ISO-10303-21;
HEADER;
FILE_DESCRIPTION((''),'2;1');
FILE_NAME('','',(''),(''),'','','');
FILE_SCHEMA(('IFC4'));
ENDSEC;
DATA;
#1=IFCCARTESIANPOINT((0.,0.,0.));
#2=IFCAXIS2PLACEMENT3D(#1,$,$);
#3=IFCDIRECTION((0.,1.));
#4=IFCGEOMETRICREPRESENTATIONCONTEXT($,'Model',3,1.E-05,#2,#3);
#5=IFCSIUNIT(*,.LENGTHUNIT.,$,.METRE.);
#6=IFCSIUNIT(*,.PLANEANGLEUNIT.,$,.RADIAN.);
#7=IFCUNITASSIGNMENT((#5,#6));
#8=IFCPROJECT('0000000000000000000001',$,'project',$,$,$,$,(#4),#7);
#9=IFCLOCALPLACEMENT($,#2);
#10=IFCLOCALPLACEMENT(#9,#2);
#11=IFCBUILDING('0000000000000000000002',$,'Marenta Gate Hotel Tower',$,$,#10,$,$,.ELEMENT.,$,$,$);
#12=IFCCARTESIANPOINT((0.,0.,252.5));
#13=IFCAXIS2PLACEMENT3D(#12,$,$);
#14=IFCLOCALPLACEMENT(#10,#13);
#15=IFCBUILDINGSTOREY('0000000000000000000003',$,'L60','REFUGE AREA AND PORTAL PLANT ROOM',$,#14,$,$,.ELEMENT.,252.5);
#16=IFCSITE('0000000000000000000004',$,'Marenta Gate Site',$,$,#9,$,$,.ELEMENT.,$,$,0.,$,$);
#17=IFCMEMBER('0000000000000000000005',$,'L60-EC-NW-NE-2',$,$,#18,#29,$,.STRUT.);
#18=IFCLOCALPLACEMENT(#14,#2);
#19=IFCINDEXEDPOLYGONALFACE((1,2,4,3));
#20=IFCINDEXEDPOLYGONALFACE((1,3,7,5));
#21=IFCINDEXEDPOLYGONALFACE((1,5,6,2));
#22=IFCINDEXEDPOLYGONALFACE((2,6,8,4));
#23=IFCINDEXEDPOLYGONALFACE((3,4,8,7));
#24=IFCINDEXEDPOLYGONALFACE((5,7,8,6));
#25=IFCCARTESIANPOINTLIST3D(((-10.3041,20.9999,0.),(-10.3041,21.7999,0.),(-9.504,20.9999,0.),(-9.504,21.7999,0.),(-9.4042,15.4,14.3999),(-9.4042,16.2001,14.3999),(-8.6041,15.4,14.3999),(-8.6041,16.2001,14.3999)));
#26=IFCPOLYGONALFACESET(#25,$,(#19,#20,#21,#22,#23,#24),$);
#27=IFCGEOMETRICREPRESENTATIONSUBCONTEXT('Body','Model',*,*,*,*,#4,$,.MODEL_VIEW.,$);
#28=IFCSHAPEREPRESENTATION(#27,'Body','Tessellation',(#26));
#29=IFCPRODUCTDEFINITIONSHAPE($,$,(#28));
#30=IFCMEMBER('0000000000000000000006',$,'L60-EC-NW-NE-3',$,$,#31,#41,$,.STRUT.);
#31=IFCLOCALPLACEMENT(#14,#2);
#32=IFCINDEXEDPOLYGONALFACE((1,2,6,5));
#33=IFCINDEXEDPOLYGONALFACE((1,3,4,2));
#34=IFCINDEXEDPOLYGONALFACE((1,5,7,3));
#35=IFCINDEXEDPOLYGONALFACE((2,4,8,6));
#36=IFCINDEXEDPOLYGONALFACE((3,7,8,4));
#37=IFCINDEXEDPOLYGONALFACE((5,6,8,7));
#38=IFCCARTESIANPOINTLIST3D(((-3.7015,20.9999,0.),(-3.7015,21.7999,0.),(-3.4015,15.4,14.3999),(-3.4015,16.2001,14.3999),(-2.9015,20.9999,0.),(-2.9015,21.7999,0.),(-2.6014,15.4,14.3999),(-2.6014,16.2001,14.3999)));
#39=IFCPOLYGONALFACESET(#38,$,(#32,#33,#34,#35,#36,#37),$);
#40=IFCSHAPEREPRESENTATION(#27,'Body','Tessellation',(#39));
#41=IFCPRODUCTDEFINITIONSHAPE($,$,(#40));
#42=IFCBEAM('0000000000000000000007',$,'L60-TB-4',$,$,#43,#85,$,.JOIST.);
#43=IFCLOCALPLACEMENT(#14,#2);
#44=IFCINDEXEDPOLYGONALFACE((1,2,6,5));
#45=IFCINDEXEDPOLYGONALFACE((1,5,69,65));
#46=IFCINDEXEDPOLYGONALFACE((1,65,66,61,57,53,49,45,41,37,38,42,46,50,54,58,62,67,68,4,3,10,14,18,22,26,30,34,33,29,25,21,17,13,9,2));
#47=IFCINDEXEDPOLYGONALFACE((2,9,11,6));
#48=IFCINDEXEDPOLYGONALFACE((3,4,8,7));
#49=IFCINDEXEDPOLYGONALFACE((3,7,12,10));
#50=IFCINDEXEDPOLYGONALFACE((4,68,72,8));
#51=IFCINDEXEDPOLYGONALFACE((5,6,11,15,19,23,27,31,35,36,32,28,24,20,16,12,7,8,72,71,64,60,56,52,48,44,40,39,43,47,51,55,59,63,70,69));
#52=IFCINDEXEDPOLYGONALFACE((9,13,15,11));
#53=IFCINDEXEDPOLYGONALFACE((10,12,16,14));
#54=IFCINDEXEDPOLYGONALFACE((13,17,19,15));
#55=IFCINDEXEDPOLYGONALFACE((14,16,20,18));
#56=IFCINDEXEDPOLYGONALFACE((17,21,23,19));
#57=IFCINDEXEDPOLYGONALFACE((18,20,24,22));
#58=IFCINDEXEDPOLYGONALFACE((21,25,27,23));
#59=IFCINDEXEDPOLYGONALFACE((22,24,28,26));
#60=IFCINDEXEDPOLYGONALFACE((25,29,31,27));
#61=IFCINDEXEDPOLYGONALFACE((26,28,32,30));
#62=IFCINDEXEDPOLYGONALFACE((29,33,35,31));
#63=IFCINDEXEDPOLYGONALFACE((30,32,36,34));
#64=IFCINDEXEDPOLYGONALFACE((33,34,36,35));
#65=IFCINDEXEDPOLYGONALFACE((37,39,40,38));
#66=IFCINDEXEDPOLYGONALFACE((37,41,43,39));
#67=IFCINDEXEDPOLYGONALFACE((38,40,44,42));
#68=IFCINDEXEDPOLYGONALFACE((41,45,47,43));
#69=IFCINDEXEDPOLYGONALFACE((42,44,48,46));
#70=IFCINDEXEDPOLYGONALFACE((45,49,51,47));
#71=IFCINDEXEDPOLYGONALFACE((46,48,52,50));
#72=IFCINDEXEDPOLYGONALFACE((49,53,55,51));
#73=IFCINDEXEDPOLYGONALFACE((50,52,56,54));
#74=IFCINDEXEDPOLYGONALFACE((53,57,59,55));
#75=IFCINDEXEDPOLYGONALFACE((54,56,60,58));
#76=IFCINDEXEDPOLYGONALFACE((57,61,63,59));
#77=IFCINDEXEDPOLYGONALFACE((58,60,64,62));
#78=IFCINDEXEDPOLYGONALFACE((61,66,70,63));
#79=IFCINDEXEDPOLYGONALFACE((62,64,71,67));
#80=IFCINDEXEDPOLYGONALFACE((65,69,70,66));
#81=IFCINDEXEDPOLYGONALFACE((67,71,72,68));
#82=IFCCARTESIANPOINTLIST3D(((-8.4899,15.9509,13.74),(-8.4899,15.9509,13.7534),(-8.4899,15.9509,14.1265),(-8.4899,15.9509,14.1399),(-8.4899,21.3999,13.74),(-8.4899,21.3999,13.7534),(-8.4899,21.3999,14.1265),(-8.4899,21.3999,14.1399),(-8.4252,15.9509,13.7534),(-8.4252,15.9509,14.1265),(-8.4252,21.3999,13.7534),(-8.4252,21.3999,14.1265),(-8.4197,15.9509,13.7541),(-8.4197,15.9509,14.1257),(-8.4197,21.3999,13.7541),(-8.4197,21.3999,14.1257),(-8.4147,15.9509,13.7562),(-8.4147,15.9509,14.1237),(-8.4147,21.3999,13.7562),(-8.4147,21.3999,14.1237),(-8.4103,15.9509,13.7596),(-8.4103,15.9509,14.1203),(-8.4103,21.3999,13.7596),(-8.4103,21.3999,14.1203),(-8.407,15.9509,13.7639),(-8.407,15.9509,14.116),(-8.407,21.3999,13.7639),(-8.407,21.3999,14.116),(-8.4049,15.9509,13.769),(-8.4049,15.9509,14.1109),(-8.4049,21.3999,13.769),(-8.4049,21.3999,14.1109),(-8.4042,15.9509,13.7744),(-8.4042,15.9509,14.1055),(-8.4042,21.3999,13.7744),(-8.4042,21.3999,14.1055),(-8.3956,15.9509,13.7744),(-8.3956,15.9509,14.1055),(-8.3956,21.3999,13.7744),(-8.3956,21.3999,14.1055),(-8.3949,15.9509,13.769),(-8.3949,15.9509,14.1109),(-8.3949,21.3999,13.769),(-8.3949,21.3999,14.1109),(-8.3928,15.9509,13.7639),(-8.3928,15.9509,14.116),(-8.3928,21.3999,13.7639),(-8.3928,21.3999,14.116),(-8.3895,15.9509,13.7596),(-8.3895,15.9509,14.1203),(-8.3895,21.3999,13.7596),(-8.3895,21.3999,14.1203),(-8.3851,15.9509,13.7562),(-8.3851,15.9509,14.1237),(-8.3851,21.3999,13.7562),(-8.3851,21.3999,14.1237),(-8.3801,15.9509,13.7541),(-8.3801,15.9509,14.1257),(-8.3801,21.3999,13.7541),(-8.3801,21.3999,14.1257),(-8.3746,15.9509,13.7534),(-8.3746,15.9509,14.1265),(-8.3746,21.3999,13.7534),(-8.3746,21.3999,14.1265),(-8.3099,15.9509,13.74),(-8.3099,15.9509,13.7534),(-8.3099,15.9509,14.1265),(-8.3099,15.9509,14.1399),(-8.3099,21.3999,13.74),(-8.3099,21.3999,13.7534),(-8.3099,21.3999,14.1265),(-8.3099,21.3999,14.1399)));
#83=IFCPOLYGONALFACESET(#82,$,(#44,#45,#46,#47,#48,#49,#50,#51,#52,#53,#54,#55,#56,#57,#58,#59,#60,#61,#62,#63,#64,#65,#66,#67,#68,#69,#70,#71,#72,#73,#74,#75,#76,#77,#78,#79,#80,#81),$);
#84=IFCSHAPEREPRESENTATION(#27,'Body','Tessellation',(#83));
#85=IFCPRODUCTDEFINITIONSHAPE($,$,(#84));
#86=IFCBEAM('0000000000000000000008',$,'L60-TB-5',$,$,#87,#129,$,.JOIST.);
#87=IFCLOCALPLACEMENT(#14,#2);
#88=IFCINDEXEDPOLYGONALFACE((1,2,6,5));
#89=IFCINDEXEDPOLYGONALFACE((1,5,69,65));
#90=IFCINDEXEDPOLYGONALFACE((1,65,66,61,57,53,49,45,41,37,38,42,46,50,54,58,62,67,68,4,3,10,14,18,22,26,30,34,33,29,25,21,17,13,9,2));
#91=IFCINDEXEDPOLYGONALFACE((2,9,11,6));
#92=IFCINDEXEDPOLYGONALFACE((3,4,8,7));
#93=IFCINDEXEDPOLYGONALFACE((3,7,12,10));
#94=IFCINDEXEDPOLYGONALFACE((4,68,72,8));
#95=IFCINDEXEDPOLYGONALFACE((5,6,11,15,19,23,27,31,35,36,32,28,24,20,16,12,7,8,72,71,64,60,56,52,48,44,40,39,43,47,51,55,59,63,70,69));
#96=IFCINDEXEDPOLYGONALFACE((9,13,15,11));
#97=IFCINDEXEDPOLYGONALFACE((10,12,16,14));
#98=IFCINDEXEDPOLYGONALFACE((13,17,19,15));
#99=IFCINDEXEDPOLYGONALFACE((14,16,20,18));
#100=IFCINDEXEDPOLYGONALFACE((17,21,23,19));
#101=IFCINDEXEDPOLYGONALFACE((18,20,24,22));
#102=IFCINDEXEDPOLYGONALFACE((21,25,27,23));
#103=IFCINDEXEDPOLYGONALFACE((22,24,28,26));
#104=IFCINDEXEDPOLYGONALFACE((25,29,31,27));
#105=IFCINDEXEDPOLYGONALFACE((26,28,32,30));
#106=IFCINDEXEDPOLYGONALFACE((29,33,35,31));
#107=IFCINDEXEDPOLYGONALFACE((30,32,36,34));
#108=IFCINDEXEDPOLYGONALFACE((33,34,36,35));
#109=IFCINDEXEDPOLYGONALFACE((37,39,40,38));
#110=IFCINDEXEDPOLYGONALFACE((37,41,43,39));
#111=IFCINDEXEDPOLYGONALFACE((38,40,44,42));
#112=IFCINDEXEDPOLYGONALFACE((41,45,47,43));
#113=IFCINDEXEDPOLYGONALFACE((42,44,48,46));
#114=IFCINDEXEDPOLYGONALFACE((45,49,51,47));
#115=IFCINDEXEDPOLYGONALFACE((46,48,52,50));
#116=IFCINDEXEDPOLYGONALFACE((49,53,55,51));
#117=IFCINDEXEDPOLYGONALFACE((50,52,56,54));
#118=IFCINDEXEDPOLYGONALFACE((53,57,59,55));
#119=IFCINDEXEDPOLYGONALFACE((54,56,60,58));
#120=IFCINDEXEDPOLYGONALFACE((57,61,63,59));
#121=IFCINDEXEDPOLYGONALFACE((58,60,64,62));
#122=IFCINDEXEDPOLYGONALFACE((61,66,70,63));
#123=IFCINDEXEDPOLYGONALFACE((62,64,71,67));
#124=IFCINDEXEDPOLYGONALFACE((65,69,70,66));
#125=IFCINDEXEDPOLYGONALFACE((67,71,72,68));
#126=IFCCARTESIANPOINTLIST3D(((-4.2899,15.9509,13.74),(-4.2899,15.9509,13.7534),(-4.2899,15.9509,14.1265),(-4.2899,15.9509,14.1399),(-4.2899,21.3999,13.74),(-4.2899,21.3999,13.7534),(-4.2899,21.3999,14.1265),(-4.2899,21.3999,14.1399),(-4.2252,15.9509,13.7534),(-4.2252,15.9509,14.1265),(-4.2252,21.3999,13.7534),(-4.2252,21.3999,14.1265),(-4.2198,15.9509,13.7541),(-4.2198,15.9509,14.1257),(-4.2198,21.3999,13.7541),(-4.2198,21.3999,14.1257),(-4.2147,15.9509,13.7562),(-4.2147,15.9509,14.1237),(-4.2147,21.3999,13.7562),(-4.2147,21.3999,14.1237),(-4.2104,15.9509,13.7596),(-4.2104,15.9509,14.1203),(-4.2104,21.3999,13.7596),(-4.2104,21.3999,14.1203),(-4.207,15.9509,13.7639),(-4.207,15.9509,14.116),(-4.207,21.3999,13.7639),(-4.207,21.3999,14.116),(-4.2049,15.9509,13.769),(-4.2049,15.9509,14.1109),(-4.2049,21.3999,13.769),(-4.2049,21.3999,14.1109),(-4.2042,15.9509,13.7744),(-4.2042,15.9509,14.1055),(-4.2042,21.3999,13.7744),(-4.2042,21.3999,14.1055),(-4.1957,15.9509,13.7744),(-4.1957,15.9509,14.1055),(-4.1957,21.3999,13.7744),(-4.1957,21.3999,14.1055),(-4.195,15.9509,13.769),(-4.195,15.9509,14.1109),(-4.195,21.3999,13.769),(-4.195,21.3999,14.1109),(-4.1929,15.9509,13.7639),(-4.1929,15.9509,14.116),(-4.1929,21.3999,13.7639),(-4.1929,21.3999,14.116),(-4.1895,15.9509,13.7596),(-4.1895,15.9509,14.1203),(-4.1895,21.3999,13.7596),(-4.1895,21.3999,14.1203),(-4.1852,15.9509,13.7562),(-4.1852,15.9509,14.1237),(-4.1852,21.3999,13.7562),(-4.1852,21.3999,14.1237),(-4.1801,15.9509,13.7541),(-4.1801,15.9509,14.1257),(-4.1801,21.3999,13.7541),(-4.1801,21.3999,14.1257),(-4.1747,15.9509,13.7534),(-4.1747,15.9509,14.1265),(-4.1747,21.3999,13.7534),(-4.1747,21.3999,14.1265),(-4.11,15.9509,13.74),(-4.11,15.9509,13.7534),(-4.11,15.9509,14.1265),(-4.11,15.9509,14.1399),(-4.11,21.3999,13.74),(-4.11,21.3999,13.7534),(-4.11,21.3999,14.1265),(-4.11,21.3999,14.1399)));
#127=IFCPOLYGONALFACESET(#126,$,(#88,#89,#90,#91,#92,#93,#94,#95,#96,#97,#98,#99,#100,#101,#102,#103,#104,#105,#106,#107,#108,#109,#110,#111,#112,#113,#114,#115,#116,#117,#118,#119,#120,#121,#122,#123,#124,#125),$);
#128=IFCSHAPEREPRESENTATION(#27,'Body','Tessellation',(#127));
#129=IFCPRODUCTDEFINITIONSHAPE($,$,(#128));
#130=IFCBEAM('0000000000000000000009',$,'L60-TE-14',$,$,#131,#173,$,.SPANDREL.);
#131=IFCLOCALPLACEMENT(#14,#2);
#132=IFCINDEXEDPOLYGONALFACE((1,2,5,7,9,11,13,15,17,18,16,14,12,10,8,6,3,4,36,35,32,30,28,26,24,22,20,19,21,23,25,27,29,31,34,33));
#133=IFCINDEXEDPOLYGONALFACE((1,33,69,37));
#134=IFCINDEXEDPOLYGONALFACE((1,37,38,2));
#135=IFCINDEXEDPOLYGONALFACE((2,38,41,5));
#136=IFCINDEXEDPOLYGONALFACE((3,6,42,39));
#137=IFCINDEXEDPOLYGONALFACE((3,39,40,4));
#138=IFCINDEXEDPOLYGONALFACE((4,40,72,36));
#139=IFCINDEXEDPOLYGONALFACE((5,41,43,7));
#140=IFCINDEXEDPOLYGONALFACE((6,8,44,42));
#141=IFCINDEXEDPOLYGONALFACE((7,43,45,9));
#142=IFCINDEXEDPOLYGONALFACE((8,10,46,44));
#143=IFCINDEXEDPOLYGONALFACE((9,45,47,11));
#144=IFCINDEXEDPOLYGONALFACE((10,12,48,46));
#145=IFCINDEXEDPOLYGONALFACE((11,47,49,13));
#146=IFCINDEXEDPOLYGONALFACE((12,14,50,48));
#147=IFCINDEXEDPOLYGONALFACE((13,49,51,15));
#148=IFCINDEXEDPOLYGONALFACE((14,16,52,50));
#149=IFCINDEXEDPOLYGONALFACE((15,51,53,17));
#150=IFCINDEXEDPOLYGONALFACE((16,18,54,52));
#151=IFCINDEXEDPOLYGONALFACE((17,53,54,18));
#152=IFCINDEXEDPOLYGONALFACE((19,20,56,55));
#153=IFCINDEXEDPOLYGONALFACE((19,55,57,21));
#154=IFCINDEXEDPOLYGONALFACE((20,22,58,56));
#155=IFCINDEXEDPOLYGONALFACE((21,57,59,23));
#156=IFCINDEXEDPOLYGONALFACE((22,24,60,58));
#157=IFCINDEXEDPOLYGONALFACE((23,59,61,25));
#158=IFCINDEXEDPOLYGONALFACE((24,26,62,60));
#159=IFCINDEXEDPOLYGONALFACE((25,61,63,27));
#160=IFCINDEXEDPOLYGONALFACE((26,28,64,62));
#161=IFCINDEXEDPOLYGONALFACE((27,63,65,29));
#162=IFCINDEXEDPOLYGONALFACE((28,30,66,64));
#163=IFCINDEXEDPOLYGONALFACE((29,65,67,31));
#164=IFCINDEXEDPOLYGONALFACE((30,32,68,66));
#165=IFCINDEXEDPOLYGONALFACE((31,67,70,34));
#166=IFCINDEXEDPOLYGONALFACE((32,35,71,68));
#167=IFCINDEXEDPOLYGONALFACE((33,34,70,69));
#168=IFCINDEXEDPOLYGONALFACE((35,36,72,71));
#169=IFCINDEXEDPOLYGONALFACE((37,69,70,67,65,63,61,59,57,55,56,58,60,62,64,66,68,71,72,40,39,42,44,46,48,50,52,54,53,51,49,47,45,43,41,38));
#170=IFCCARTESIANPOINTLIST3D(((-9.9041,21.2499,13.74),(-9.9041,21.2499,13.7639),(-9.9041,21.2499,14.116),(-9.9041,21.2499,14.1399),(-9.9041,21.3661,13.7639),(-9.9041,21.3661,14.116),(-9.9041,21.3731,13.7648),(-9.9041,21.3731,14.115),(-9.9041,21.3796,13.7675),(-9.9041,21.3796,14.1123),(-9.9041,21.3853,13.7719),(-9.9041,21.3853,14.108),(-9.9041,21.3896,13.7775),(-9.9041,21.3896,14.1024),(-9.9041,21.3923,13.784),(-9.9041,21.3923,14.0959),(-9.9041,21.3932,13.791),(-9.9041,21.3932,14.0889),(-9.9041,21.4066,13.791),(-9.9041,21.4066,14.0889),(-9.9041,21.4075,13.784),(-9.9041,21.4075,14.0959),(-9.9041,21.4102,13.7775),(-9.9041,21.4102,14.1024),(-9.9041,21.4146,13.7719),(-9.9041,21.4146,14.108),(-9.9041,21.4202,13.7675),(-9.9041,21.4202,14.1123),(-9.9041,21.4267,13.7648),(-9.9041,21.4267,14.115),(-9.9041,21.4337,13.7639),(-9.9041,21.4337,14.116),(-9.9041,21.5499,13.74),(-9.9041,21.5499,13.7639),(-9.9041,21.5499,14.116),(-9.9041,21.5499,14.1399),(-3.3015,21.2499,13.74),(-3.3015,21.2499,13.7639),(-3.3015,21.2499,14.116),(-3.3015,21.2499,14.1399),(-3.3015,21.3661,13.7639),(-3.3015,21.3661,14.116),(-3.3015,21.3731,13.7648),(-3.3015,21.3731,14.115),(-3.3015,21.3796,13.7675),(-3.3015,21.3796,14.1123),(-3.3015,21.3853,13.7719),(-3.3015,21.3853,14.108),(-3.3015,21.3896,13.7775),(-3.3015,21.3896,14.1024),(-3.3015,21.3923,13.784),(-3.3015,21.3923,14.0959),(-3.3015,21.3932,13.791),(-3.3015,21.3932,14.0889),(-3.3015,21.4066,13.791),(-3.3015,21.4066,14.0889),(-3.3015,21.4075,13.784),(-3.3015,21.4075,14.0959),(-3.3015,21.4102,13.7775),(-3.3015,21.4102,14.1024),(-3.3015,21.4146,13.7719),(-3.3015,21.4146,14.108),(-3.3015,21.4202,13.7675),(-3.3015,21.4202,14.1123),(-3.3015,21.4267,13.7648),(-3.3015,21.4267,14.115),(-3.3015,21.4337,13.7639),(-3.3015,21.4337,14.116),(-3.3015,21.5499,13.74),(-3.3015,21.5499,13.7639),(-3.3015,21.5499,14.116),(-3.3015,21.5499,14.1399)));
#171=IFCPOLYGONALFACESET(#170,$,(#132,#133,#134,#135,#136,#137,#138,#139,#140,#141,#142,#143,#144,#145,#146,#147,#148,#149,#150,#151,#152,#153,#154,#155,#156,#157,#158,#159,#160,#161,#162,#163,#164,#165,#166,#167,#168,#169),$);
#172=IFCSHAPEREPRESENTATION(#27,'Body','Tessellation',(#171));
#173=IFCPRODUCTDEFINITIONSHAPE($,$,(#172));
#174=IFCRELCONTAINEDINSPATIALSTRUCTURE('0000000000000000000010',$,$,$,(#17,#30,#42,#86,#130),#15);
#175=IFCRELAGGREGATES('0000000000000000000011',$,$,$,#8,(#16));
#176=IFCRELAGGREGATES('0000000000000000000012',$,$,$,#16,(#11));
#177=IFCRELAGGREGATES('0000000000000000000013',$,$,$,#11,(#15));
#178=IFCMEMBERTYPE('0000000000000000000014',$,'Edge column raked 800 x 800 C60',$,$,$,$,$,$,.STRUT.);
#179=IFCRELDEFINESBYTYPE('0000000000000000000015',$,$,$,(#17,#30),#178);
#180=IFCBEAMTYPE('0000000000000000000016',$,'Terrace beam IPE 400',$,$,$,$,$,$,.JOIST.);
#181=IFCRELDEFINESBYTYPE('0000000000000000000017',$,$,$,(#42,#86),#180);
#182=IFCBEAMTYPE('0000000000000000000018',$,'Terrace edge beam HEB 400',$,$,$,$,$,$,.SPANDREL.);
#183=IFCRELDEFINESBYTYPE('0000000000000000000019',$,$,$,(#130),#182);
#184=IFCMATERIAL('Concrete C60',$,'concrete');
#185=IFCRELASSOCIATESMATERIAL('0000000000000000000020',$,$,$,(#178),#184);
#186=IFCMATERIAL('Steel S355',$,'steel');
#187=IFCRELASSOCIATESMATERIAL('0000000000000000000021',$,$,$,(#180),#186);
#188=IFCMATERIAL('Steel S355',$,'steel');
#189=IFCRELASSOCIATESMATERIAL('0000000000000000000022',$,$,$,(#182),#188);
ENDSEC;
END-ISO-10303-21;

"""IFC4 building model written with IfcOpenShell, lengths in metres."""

from ifc_helpers import new_model, si_unit, direction, frame, origin, origin_2d, place, context, subcontext, project, spatial, rectangle, i_section, extrude, material, material_profile, profile_set, type_object, element, save


model = new_model("IFC4")

# Units and contexts
model_context = context("Model", 3, precision=1e-05, world=origin(), true_north=direction((0.0, 1.0)))
body_context = subcontext(model_context, "Body", "Model", "MODEL_VIEW")
ifc_project = project(units=[si_unit("LENGTHUNIT", "METRE"), si_unit("PLANEANGLEUNIT", "RADIAN")], contexts=[model_context])

# Site, building, storey
site_placement = place(None, origin())
site = spatial("IfcSite", under=ifc_project, at=site_placement, Name="Marenta Gate Site", CompositionType="ELEMENT", RefElevation=0.0)
building_placement = place(site_placement, origin())
building = spatial("IfcBuilding", under=site, at=building_placement, Name="Marenta Gate Hotel Tower", CompositionType="ELEMENT")
storey_placement = place(building_placement, frame((0.0, 0.0, 252.5)))
storey = spatial("IfcBuildingStorey", under=building, at=storey_placement, Name="L60", Description="REFUGE AREA AND PORTAL PLANT ROOM", CompositionType="ELEMENT", Elevation=252.5)

# Members
ifc_material_1 = material(Name="Concrete C60", Category="concrete")
ifc_material_profile_1 = material_profile(ifc_material_1, rectangle(XDim=0.8, YDim=0.8, at=origin_2d()), Name="800 x 800")
ifc_profile_set_1 = profile_set([ifc_material_profile_1], Name="Concrete C60")
member_type = type_object("IfcMemberType", Name="Edge column raked 800 x 800 C60", PredefinedType="STRUT", material=ifc_profile_set_1)
member_1_placement = place(storey_placement, frame((-9.9041, 21.3999, 0.0), z_axis=(0.0, 0.0, 1.0), x_axis=(1.0, 0.0, 0.0)))
element("IfcMember", 1, at=member_1_placement, inside=storey, type_object=member_type, Name="L60-EC-NW-NE-2", PredefinedType="STRUT", context=body_context, shape_type="SweptSolid", body=[
    extrude(rectangle(XDim=0.8, YDim=0.8, at=origin_2d()), origin(), (0.058146, -0.361827, 0.93043), 15.4766),
])
member_2_placement = place(storey_placement, frame((-3.3015, 21.3999, 0.0), z_axis=(0.0, 0.0, 1.0), x_axis=(1.0, 0.0, 0.0)))
element("IfcMember", 2, at=member_2_placement, inside=storey, type_object=member_type, Name="L60-EC-NW-NE-3", PredefinedType="STRUT", context=body_context, shape_type="SweptSolid", body=[
    extrude(rectangle(XDim=0.8, YDim=0.8, at=origin_2d()), origin(), (0.019416, -0.362372, 0.931831), 15.4534),
])

# Beams
ifc_material_2 = material(Name="Steel S355", Category="steel")
ifc_material_profile_2 = material_profile(ifc_material_2, i_section(OverallWidth=0.1799, OverallDepth=0.3999, WebThickness=0.0085, FlangeThickness=0.0134, FilletRadius=0.021, at=origin_2d()), Name="IPE 400")
ifc_profile_set_2 = profile_set([ifc_material_profile_2], Name="Steel S355")
beam_type_1 = type_object("IfcBeamType", Name="Terrace beam IPE 400", PredefinedType="JOIST", material=ifc_profile_set_2)
for number, where, z_axis, x_axis, name in (
    (3, (-8.3999, 15.9509, 13.9399), (0.0, 1.0, 0.0), (-1.0, 0.0, 0.0), "L60-TB-4"),
    (4, (-4.2, 15.9509, 13.9399), (0.0, 1.0, 0.0), (-1.0, 0.0, 0.0), "L60-TB-5"),
):
    element("IfcBeam", number, at=place(storey_placement, frame(where, z_axis=z_axis, x_axis=x_axis)), inside=storey, type_object=beam_type_1, Name=name, PredefinedType="JOIST", context=body_context, shape_type="SweptSolid", body=[
        extrude(i_section(OverallWidth=0.1799, OverallDepth=0.3999, WebThickness=0.0085, FlangeThickness=0.0134, FilletRadius=0.021, at=origin_2d()), origin(), (0.0, 0.0, 1.0), 5.449),
    ])
ifc_material_3 = material(Name="Steel S355", Category="steel")
ifc_material_profile_3 = material_profile(ifc_material_3, i_section(OverallWidth=0.3, OverallDepth=0.3999, WebThickness=0.0134, FlangeThickness=0.0239, FilletRadius=0.0271, at=origin_2d()), Name="HEB 400")
ifc_profile_set_3 = profile_set([ifc_material_profile_3], Name="Steel S355")
beam_type_2 = type_object("IfcBeamType", Name="Terrace edge beam HEB 400", PredefinedType="SPANDREL", material=ifc_profile_set_3)
beam_1_placement = place(storey_placement, frame((-9.9041, 21.3999, 13.9399), z_axis=(1.0, 0.0, 0.0), x_axis=(0.0, 1.0, 0.0)))
element("IfcBeam", 5, at=beam_1_placement, inside=storey, type_object=beam_type_2, Name="L60-TE-14", PredefinedType="SPANDREL", context=body_context, shape_type="SweptSolid", body=[
    extrude(i_section(OverallWidth=0.3, OverallDepth=0.3999, WebThickness=0.0134, FlangeThickness=0.0239, FilletRadius=0.0271, at=origin_2d()), origin(), (0.0, 0.0, 1.0), 6.6025),
])

save(model, "model.ifc")
